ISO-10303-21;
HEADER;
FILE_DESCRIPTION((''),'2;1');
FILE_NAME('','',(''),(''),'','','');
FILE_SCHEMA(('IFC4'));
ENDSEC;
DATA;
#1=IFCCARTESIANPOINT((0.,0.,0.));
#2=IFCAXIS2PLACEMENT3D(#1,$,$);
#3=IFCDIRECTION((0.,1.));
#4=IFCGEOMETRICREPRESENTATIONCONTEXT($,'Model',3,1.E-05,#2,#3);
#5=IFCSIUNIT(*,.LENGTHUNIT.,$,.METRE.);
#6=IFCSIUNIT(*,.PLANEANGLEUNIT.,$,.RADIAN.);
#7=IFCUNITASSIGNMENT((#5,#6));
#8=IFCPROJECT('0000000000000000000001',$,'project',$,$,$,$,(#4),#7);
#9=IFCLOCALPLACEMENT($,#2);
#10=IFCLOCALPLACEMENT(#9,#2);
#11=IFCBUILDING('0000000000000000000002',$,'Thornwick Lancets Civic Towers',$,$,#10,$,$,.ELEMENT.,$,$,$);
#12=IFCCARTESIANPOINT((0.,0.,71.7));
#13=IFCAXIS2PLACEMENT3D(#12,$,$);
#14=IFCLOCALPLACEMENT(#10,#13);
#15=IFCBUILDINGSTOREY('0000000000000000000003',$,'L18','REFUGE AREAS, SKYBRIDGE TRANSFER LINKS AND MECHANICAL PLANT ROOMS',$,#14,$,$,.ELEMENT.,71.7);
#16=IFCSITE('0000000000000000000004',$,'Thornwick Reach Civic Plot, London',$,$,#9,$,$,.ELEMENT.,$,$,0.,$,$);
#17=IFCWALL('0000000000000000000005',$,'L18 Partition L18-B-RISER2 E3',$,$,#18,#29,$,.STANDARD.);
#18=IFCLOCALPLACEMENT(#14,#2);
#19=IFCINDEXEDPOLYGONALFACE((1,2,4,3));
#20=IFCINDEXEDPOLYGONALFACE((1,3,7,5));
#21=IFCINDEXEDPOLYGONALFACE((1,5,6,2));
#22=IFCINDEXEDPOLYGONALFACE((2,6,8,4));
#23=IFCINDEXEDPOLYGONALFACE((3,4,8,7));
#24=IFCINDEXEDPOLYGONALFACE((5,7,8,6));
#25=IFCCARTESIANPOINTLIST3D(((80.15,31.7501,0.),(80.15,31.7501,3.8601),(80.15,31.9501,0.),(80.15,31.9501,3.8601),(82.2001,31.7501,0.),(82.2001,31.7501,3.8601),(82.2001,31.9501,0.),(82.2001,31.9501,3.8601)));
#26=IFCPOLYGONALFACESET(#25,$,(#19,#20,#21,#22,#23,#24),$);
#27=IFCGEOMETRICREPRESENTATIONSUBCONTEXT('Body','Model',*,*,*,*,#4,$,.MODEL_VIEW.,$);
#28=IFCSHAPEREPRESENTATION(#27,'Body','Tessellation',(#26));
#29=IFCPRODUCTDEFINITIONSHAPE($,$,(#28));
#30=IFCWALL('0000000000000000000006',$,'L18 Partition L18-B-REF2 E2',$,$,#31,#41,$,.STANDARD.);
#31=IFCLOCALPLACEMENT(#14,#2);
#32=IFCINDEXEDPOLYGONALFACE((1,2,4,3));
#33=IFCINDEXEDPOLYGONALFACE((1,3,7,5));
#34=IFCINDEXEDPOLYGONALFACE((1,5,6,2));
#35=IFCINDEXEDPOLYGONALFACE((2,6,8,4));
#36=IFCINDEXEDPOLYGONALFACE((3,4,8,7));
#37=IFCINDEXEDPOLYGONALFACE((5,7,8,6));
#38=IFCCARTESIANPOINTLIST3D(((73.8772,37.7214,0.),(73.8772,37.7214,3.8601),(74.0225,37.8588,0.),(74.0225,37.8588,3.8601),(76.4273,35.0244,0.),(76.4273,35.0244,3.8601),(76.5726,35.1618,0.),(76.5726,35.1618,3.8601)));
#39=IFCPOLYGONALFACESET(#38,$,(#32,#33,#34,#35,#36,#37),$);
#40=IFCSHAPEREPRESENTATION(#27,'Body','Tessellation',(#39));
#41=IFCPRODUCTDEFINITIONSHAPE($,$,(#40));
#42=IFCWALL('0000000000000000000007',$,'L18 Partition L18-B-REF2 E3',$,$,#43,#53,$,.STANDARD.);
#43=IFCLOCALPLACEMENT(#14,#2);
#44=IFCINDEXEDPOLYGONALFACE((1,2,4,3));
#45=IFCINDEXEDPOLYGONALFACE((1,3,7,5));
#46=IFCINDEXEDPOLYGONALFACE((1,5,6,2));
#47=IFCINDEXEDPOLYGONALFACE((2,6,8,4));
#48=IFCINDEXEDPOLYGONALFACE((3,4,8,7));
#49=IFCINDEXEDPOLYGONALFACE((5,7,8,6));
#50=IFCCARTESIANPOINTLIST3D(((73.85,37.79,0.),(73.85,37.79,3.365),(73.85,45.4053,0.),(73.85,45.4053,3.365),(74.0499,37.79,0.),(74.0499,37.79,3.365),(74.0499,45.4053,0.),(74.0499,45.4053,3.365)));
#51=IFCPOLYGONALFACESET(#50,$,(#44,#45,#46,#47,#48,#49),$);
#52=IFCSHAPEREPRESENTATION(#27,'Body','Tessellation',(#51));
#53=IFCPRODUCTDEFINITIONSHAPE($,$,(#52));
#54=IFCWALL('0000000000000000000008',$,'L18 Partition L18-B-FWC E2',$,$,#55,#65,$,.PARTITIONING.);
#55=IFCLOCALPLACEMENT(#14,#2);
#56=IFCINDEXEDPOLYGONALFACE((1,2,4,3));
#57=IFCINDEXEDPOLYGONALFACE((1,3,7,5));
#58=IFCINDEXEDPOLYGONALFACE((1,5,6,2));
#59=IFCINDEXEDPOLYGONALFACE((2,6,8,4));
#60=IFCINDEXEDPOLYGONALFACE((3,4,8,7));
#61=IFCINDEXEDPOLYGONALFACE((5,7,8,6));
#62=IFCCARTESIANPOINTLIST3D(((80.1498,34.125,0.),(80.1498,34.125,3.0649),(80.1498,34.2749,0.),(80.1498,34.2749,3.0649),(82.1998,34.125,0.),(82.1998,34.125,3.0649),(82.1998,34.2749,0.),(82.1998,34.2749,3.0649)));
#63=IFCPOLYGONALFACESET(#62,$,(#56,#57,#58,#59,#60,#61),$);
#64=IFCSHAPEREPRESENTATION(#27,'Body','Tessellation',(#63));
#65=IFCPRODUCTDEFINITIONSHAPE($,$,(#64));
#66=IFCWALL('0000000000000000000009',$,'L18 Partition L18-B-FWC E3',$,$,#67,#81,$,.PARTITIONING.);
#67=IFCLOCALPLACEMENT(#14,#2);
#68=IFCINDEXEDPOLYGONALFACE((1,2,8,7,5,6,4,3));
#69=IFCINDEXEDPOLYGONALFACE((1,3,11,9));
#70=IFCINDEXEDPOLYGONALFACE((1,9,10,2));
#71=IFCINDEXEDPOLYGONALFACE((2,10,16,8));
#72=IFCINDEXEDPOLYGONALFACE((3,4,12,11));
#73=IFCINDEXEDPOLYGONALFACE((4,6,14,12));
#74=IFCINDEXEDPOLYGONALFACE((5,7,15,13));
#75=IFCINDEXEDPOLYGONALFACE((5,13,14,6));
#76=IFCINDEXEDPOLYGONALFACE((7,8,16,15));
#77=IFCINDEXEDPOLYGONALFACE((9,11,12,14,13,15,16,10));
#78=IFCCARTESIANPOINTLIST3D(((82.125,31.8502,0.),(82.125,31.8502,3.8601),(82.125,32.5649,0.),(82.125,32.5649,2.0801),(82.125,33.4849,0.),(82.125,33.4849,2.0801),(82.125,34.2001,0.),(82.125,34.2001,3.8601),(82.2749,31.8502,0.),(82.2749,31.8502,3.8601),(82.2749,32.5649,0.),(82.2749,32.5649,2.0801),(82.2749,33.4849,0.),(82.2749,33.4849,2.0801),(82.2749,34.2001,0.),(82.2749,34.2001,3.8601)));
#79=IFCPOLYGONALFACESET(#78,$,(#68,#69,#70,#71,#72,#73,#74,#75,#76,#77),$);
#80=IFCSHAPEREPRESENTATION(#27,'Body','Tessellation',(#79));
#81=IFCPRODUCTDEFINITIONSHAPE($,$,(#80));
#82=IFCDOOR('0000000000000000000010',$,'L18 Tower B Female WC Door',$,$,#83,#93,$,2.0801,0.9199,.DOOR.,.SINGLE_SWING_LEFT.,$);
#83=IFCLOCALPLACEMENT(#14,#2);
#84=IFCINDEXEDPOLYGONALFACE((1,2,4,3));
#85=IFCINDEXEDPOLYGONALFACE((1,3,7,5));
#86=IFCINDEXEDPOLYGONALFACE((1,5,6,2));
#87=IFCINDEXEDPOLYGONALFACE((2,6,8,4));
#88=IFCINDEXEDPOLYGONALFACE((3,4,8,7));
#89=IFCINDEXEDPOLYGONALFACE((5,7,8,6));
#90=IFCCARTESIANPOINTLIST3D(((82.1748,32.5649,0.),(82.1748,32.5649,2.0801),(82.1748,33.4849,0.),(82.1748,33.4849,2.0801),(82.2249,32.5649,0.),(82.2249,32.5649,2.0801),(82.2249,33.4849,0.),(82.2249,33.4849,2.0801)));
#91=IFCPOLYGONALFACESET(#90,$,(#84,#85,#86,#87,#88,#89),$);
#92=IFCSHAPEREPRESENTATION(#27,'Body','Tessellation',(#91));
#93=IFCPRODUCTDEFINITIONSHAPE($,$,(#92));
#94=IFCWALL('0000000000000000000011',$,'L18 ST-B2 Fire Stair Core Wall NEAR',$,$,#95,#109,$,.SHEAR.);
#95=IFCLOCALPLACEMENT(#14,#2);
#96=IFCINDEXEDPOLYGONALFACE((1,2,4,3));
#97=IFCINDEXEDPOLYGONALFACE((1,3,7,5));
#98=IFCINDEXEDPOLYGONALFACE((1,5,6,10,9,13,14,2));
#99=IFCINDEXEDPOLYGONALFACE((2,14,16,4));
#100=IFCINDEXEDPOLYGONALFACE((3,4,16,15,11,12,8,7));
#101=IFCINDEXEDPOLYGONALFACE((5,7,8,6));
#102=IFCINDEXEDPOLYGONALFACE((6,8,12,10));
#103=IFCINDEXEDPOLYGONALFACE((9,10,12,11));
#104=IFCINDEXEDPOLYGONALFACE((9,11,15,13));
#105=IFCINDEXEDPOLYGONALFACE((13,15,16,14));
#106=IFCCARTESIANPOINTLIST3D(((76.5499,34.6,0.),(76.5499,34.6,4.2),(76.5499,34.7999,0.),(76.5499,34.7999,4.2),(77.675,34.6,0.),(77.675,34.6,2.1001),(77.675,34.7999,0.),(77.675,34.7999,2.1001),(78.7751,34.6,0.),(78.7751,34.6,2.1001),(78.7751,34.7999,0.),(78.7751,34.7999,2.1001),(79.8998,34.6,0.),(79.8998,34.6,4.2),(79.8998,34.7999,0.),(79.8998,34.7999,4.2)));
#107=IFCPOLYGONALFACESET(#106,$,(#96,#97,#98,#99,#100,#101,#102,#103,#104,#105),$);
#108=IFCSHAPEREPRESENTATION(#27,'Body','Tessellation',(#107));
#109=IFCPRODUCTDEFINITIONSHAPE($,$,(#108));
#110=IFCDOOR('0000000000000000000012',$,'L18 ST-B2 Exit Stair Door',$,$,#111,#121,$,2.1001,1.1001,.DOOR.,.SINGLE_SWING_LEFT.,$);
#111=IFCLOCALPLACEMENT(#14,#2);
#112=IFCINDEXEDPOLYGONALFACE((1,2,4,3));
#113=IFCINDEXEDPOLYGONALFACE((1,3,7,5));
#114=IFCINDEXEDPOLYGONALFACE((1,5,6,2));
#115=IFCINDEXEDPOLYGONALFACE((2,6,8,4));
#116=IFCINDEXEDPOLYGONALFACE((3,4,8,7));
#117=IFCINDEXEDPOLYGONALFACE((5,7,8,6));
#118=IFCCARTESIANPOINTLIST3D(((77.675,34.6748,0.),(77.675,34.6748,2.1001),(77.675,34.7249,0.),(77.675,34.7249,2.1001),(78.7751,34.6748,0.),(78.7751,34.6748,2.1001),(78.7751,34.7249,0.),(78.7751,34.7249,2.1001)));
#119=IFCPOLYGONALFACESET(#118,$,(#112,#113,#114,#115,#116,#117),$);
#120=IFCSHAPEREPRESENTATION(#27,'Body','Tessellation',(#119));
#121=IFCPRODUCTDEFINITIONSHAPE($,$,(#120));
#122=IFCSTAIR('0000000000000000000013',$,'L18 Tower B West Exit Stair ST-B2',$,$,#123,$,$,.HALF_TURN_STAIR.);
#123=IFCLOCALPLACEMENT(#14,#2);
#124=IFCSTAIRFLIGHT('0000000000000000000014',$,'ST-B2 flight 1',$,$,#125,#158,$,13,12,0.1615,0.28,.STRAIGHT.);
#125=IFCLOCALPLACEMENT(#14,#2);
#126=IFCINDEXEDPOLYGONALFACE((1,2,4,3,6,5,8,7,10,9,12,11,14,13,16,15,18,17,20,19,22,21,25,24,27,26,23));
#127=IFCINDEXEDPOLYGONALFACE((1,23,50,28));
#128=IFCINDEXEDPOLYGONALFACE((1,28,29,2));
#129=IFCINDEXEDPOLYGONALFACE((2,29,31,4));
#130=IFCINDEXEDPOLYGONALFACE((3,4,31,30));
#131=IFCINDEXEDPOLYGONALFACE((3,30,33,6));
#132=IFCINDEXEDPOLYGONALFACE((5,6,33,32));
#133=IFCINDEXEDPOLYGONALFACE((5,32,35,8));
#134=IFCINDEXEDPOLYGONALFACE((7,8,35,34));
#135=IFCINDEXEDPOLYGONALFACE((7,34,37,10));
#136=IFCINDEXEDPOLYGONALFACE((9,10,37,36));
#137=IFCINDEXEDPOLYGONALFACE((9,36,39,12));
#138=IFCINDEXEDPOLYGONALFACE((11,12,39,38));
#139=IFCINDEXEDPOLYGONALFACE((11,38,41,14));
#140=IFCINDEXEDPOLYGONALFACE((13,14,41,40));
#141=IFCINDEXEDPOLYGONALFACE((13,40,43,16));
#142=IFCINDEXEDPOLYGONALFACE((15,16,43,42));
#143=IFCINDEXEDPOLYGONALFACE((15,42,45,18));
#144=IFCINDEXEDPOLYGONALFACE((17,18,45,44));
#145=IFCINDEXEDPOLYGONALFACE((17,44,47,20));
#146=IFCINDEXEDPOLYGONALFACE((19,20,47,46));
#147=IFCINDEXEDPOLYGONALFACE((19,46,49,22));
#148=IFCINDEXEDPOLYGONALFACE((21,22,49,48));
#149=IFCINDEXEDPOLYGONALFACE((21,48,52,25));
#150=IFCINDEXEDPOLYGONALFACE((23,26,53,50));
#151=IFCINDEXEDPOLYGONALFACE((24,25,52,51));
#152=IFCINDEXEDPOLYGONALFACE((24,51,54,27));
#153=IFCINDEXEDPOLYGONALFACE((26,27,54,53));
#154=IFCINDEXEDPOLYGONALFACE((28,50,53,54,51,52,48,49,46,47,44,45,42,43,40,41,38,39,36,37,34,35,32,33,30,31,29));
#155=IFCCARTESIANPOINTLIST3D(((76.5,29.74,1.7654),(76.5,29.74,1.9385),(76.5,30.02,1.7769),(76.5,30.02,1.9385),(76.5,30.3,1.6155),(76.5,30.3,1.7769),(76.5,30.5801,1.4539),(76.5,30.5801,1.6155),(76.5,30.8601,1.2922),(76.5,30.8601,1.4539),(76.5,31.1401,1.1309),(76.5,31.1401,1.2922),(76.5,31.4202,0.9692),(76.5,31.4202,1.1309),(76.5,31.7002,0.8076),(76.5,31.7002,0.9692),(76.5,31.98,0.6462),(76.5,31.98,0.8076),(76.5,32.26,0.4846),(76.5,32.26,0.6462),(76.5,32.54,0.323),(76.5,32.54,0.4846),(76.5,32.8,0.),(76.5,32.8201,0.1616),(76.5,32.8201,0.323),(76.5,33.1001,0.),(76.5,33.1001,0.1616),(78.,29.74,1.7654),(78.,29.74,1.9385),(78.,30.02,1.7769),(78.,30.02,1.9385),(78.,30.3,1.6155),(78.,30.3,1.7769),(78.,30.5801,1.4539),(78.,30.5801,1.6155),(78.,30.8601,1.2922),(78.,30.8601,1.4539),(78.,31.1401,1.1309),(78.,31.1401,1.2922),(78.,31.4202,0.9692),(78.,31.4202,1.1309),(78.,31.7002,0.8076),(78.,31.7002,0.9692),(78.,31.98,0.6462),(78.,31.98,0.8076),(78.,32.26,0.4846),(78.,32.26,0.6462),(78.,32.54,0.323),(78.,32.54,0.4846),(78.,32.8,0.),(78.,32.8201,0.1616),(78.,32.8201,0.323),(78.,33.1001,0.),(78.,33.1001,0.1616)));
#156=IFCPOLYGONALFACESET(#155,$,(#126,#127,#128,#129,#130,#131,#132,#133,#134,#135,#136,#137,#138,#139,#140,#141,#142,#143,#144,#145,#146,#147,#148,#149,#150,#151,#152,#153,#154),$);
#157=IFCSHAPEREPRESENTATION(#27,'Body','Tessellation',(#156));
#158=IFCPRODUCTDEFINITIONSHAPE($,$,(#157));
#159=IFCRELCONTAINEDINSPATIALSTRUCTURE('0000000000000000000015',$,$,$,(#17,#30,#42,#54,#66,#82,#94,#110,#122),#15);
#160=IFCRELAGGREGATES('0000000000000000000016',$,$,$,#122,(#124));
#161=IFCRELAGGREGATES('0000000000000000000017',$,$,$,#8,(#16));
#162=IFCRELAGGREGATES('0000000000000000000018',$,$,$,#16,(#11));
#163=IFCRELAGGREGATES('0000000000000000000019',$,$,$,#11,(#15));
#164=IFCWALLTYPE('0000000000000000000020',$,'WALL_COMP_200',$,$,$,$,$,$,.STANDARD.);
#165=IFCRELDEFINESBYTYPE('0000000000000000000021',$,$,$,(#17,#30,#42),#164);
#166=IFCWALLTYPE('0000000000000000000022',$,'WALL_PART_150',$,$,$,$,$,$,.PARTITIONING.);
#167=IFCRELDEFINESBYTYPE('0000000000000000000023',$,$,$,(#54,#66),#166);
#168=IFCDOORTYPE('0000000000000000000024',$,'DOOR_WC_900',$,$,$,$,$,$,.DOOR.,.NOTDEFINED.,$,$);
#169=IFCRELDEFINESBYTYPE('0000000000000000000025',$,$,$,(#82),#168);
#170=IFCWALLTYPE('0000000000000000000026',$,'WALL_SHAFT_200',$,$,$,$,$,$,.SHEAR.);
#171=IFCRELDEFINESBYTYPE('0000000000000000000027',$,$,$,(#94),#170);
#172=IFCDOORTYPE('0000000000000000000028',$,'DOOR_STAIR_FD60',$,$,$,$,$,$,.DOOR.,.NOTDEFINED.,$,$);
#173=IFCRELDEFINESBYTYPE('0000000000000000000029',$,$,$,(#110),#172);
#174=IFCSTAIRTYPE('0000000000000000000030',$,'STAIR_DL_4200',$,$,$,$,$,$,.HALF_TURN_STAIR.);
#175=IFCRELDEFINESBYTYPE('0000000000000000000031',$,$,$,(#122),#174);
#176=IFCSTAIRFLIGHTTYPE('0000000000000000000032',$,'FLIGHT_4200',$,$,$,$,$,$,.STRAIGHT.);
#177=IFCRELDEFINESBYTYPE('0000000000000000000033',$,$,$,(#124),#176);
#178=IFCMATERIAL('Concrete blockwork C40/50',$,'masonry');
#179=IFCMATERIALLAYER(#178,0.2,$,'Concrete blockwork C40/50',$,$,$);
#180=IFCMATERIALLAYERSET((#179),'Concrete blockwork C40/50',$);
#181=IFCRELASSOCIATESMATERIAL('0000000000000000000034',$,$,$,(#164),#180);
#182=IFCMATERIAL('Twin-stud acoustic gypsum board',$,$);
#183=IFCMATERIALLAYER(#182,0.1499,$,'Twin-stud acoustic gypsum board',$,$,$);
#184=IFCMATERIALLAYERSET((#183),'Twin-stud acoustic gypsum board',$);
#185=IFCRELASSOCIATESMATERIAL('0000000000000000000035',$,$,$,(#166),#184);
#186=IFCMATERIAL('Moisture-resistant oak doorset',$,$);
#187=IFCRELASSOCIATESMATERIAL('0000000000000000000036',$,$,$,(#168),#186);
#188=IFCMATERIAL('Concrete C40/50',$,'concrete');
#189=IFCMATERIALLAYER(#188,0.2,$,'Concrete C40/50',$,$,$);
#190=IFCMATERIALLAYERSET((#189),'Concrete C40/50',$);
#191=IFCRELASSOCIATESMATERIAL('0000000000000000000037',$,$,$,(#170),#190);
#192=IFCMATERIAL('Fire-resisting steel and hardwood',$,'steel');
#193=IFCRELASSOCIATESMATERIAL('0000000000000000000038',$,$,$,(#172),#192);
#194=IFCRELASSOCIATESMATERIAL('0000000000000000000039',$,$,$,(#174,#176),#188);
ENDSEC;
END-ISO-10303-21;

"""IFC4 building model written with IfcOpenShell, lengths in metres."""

from ifc_helpers import new_model, si_unit, direction, frame, frame_2d, origin, place, context, subcontext, project, spatial, polyline, rectangle, outline, extrude, material, layer, layer_set, type_object, element, fill, aggregate, save


model = new_model("IFC4")

# Units and contexts
model_context = context("Model", 3, precision=1e-05, world=origin(), true_north=direction((0.0, 1.0)))
body_context = subcontext(model_context, "Body", "Model", "MODEL_VIEW")
ifc_project = project(units=[si_unit("LENGTHUNIT", "METRE"), si_unit("PLANEANGLEUNIT", "RADIAN")], contexts=[model_context])

# Site, building, storey
site_placement = place(None, origin())
site = spatial("IfcSite", under=ifc_project, at=site_placement, Name="Thornwick Reach Civic Plot, London", CompositionType="ELEMENT", RefElevation=0.0)
building_placement = place(site_placement, origin())
building = spatial("IfcBuilding", under=site, at=building_placement, Name="Thornwick Lancets Civic Towers", CompositionType="ELEMENT")
storey_placement = place(building_placement, frame((0.0, 0.0, 71.7)))
storey = spatial("IfcBuildingStorey", under=building, at=storey_placement, Name="L18", Description="REFUGE AREAS, SKYBRIDGE TRANSFER LINKS AND MECHANICAL PLANT ROOMS", CompositionType="ELEMENT", Elevation=71.7)

# Shared definitions
ifc_material_1 = material(Name="Concrete blockwork C40/50", Category="masonry")
ifc_layer_1 = layer(ifc_material_1, 0.2, Name="Concrete blockwork C40/50")
ifc_layer_set_1 = layer_set([ifc_layer_1], Name="Concrete blockwork C40/50")
wall_type_1 = type_object("IfcWallType", Name="WALL_COMP_200", PredefinedType="STANDARD", material=ifc_layer_set_1)

# Walls
wall_1_placement = place(storey_placement, frame((82.2, 31.8501, 0.0), z_axis=(0.0, 0.0, 1.0), x_axis=(-1.0, 0.0, 0.0)))
element("IfcWall", 1, at=wall_1_placement, inside=storey, type_object=wall_type_1, Name="L18 Partition L18-B-RISER2 E3", PredefinedType="STANDARD", context=body_context, shape_type="SweptSolid", body=[
    extrude(rectangle(XDim=2.05, YDim=0.2, at=frame_2d((1.0249, 0.0))), origin(), (0.0, 0.0, 1.0), 3.8601),
])
wall_2_placement = place(storey_placement, frame((76.5, 35.093, 0.0), z_axis=(0.0, 0.0, 1.0), x_axis=(-0.687031, 0.726628, 0.0)))
element("IfcWall", 2, at=wall_2_placement, inside=storey, type_object=wall_type_1, Name="L18 Partition L18-B-REF2 E2", PredefinedType="STANDARD", context=body_context, shape_type="SweptSolid", body=[
    extrude(rectangle(XDim=3.7117, YDim=0.2, at=frame_2d((1.856, 0.0))), origin(), (0.0, 0.0, 1.0), 3.8601),
])
wall_3_placement = place(storey_placement, frame((73.95, 37.79, 0.0), z_axis=(0.0, 0.0, 1.0), x_axis=(0.0, 1.0, 0.0)))
element("IfcWall", 3, at=wall_3_placement, inside=storey, type_object=wall_type_1, Name="L18 Partition L18-B-REF2 E3", PredefinedType="STANDARD", context=body_context, shape_type="SweptSolid", body=[
    extrude(rectangle(XDim=7.6152, YDim=0.2, at=frame_2d((3.8076, 0.0))), origin(), (0.0, 0.0, 1.0), 3.365),
])
ifc_material_2 = material(Name="Twin-stud acoustic gypsum board")
ifc_layer_2 = layer(ifc_material_2, 0.1499, Name="Twin-stud acoustic gypsum board")
ifc_layer_set_2 = layer_set([ifc_layer_2], Name="Twin-stud acoustic gypsum board")
wall_type_2 = type_object("IfcWallType", Name="WALL_PART_150", PredefinedType="PARTITIONING", material=ifc_layer_set_2)
wall_4_placement = place(storey_placement, frame((80.1499, 34.2, 0.0), z_axis=(0.0, 0.0, 1.0), x_axis=(1.0, 0.0, 0.0)))
element("IfcWall", 4, at=wall_4_placement, inside=storey, type_object=wall_type_2, Name="L18 Partition L18-B-FWC E2", PredefinedType="PARTITIONING", context=body_context, shape_type="SweptSolid", body=[
    extrude(rectangle(XDim=2.05, YDim=0.1499, at=frame_2d((1.0249, 0.0))), origin(), (0.0, 0.0, 1.0), 3.0649),
])

# Walls, openings, doors
wall_5_placement = place(storey_placement, frame((82.2, 34.2, 0.0), z_axis=(0.0, 0.0, 1.0), x_axis=(0.0, -1.0, 0.0)))
wall_5 = element("IfcWall", 5, at=wall_5_placement, inside=storey, type_object=wall_type_2, Name="L18 Partition L18-B-FWC E3", PredefinedType="PARTITIONING", context=body_context, shape_type="SweptSolid", body=[
    extrude(rectangle(XDim=2.3499, YDim=0.1499, at=frame_2d((1.1748, 0.0))), origin(), (0.0, 0.0, 1.0), 3.8601),
])
opening_1_placement = place(wall_5_placement, frame((0.7151, 0.0, 0.0)))
opening_1 = element("IfcOpeningElement", 6, at=opening_1_placement, cuts=wall_5, PredefinedType="OPENING", context=body_context, shape_type="SweptSolid", body=[
    extrude(rectangle(XDim=0.9199, YDim=2.0801, at=frame_2d((0.46, 1.04))), frame((0.0, 0.085, 0.0), z_axis=(0.0, -1.0, 0.0), x_axis=(1.0, 0.0, 0.0)), (0.0, 0.0, 1.0), 0.1699),
])
ifc_material_3 = material(Name="Moisture-resistant oak doorset")
door_type_1 = type_object("IfcDoorType", Name="DOOR_WC_900", OperationType="NOTDEFINED", PredefinedType="DOOR", material=ifc_material_3)
door_1_placement = place(opening_1_placement, origin())
door_1 = element("IfcDoor", 7, at=door_1_placement, inside=storey, type_object=door_type_1, Name="L18 Tower B Female WC Door", OperationType="SINGLE_SWING_LEFT", OverallHeight=2.0801, OverallWidth=0.9199, PredefinedType="DOOR", context=body_context, shape_type="SweptSolid", body=[
    extrude(rectangle(XDim=0.9199, YDim=2.0801, at=frame_2d((0.46, 1.04))), frame((0.0, 0.0249, 0.0), z_axis=(0.0, -1.0, 0.0), x_axis=(1.0, 0.0, 0.0)), (0.0, 0.0, 1.0), 0.05),
])
fill(opening_1, door_1)
ifc_material_4 = material(Name="Concrete C40/50", Category="concrete")
ifc_layer_3 = layer(ifc_material_4, 0.2, Name="Concrete C40/50")
ifc_layer_set_3 = layer_set([ifc_layer_3], Name="Concrete C40/50")
wall_type_3 = type_object("IfcWallType", Name="WALL_SHAFT_200", PredefinedType="SHEAR", material=ifc_layer_set_3)
wall_6_placement = place(storey_placement, frame((76.55, 34.7, 0.0), z_axis=(0.0, 0.0, 1.0), x_axis=(1.0, 0.0, 0.0)))
wall_6 = element("IfcWall", 8, at=wall_6_placement, inside=storey, type_object=wall_type_3, Name="L18 ST-B2 Fire Stair Core Wall NEAR", PredefinedType="SHEAR", context=body_context, shape_type="SweptSolid", body=[
    extrude(rectangle(XDim=3.3499, YDim=0.2, at=frame_2d((1.6748, 0.0))), origin(), (0.0, 0.0, 1.0), 4.2),
])
opening_2_placement = place(wall_6_placement, frame((1.125, 0.0, 0.0)))
opening_2 = element("IfcOpeningElement", 9, at=opening_2_placement, cuts=wall_6, PredefinedType="OPENING", context=body_context, shape_type="SweptSolid", body=[
    extrude(rectangle(XDim=1.1001, YDim=2.1001, at=frame_2d((0.55, 1.05))), frame((0.0, 0.1099, 0.0), z_axis=(0.0, -1.0, 0.0), x_axis=(1.0, 0.0, 0.0)), (0.0, 0.0, 1.0), 0.22),
])
ifc_material_5 = material(Name="Fire-resisting steel and hardwood", Category="steel")
door_type_2 = type_object("IfcDoorType", Name="DOOR_STAIR_FD60", OperationType="NOTDEFINED", PredefinedType="DOOR", material=ifc_material_5)
door_2_placement = place(opening_2_placement, origin())
door_2 = element("IfcDoor", 10, at=door_2_placement, inside=storey, type_object=door_type_2, Name="L18 ST-B2 Exit Stair Door", OperationType="SINGLE_SWING_LEFT", OverallHeight=2.1001, OverallWidth=1.1001, PredefinedType="DOOR", context=body_context, shape_type="SweptSolid", body=[
    extrude(rectangle(XDim=1.1001, YDim=2.1001, at=frame_2d((0.55, 1.05))), frame((0.0, 0.0249, 0.0), z_axis=(0.0, -1.0, 0.0), x_axis=(1.0, 0.0, 0.0)), (0.0, 0.0, 1.0), 0.05),
])
fill(opening_2, door_2)

# Stair, stair flight
stair_type = type_object("IfcStairType", Name="STAIR_DL_4200", PredefinedType="HALF_TURN_STAIR", material=ifc_material_4)
stair_placement = place(storey_placement, origin())
stair = element("IfcStair", 11, at=stair_placement, inside=storey, type_object=stair_type, Name="L18 Tower B West Exit Stair ST-B2", PredefinedType="HALF_TURN_STAIR")
stair_flight_type = type_object("IfcStairFlightType", Name="FLIGHT_4200", PredefinedType="STRAIGHT", material=ifc_material_4)
stair_flight_placement = place(storey_placement, frame((77.25, 33.1001, 0.0), z_axis=(0.0, 0.0, 1.0), x_axis=(0.0, -1.0, 0.0)))
stair_flight = element("IfcStairFlight", 12, at=stair_flight_placement, type_object=stair_flight_type, Name="ST-B2 flight 1", NumberOfRisers=13, NumberOfTreads=12, PredefinedType="STRAIGHT", RiserHeight=0.1615, TreadLength=0.28, context=body_context, shape_type="SweptSolid", body=[
    extrude(outline(polyline([(0.0, 0.0), (0.0, 0.1616), (0.28, 0.1616), (0.28, 0.323), (0.5601, 0.323), (0.5601, 0.4846), (0.8401, 0.4846), (0.8401, 0.6462), (1.1201, 0.6462), (1.1201, 0.8076), (1.3999, 0.8076), (1.3999, 0.9692), (1.6799, 0.9692), (1.6799, 1.1309), (1.96, 1.1309), (1.96, 1.2922), (2.24, 1.2922), (2.24, 1.4539), (2.52, 1.4539), (2.52, 1.6155), (2.8, 1.6155), (2.8, 1.7769), (3.0801, 1.7769), (3.0801, 1.9385), (3.3601, 1.9385), (3.3601, 2.1001), (3.3601, 1.7654), (0.3, 0.0), (0.0, 0.0)])), frame((0.0, 0.75, 0.0), z_axis=(0.0, -1.0, 0.0), x_axis=(1.0, 0.0, 0.0)), (0.0, 0.0, 1.0), 1.5),
])
aggregate(stair, [stair_flight])

save(model, "model.ifc")
